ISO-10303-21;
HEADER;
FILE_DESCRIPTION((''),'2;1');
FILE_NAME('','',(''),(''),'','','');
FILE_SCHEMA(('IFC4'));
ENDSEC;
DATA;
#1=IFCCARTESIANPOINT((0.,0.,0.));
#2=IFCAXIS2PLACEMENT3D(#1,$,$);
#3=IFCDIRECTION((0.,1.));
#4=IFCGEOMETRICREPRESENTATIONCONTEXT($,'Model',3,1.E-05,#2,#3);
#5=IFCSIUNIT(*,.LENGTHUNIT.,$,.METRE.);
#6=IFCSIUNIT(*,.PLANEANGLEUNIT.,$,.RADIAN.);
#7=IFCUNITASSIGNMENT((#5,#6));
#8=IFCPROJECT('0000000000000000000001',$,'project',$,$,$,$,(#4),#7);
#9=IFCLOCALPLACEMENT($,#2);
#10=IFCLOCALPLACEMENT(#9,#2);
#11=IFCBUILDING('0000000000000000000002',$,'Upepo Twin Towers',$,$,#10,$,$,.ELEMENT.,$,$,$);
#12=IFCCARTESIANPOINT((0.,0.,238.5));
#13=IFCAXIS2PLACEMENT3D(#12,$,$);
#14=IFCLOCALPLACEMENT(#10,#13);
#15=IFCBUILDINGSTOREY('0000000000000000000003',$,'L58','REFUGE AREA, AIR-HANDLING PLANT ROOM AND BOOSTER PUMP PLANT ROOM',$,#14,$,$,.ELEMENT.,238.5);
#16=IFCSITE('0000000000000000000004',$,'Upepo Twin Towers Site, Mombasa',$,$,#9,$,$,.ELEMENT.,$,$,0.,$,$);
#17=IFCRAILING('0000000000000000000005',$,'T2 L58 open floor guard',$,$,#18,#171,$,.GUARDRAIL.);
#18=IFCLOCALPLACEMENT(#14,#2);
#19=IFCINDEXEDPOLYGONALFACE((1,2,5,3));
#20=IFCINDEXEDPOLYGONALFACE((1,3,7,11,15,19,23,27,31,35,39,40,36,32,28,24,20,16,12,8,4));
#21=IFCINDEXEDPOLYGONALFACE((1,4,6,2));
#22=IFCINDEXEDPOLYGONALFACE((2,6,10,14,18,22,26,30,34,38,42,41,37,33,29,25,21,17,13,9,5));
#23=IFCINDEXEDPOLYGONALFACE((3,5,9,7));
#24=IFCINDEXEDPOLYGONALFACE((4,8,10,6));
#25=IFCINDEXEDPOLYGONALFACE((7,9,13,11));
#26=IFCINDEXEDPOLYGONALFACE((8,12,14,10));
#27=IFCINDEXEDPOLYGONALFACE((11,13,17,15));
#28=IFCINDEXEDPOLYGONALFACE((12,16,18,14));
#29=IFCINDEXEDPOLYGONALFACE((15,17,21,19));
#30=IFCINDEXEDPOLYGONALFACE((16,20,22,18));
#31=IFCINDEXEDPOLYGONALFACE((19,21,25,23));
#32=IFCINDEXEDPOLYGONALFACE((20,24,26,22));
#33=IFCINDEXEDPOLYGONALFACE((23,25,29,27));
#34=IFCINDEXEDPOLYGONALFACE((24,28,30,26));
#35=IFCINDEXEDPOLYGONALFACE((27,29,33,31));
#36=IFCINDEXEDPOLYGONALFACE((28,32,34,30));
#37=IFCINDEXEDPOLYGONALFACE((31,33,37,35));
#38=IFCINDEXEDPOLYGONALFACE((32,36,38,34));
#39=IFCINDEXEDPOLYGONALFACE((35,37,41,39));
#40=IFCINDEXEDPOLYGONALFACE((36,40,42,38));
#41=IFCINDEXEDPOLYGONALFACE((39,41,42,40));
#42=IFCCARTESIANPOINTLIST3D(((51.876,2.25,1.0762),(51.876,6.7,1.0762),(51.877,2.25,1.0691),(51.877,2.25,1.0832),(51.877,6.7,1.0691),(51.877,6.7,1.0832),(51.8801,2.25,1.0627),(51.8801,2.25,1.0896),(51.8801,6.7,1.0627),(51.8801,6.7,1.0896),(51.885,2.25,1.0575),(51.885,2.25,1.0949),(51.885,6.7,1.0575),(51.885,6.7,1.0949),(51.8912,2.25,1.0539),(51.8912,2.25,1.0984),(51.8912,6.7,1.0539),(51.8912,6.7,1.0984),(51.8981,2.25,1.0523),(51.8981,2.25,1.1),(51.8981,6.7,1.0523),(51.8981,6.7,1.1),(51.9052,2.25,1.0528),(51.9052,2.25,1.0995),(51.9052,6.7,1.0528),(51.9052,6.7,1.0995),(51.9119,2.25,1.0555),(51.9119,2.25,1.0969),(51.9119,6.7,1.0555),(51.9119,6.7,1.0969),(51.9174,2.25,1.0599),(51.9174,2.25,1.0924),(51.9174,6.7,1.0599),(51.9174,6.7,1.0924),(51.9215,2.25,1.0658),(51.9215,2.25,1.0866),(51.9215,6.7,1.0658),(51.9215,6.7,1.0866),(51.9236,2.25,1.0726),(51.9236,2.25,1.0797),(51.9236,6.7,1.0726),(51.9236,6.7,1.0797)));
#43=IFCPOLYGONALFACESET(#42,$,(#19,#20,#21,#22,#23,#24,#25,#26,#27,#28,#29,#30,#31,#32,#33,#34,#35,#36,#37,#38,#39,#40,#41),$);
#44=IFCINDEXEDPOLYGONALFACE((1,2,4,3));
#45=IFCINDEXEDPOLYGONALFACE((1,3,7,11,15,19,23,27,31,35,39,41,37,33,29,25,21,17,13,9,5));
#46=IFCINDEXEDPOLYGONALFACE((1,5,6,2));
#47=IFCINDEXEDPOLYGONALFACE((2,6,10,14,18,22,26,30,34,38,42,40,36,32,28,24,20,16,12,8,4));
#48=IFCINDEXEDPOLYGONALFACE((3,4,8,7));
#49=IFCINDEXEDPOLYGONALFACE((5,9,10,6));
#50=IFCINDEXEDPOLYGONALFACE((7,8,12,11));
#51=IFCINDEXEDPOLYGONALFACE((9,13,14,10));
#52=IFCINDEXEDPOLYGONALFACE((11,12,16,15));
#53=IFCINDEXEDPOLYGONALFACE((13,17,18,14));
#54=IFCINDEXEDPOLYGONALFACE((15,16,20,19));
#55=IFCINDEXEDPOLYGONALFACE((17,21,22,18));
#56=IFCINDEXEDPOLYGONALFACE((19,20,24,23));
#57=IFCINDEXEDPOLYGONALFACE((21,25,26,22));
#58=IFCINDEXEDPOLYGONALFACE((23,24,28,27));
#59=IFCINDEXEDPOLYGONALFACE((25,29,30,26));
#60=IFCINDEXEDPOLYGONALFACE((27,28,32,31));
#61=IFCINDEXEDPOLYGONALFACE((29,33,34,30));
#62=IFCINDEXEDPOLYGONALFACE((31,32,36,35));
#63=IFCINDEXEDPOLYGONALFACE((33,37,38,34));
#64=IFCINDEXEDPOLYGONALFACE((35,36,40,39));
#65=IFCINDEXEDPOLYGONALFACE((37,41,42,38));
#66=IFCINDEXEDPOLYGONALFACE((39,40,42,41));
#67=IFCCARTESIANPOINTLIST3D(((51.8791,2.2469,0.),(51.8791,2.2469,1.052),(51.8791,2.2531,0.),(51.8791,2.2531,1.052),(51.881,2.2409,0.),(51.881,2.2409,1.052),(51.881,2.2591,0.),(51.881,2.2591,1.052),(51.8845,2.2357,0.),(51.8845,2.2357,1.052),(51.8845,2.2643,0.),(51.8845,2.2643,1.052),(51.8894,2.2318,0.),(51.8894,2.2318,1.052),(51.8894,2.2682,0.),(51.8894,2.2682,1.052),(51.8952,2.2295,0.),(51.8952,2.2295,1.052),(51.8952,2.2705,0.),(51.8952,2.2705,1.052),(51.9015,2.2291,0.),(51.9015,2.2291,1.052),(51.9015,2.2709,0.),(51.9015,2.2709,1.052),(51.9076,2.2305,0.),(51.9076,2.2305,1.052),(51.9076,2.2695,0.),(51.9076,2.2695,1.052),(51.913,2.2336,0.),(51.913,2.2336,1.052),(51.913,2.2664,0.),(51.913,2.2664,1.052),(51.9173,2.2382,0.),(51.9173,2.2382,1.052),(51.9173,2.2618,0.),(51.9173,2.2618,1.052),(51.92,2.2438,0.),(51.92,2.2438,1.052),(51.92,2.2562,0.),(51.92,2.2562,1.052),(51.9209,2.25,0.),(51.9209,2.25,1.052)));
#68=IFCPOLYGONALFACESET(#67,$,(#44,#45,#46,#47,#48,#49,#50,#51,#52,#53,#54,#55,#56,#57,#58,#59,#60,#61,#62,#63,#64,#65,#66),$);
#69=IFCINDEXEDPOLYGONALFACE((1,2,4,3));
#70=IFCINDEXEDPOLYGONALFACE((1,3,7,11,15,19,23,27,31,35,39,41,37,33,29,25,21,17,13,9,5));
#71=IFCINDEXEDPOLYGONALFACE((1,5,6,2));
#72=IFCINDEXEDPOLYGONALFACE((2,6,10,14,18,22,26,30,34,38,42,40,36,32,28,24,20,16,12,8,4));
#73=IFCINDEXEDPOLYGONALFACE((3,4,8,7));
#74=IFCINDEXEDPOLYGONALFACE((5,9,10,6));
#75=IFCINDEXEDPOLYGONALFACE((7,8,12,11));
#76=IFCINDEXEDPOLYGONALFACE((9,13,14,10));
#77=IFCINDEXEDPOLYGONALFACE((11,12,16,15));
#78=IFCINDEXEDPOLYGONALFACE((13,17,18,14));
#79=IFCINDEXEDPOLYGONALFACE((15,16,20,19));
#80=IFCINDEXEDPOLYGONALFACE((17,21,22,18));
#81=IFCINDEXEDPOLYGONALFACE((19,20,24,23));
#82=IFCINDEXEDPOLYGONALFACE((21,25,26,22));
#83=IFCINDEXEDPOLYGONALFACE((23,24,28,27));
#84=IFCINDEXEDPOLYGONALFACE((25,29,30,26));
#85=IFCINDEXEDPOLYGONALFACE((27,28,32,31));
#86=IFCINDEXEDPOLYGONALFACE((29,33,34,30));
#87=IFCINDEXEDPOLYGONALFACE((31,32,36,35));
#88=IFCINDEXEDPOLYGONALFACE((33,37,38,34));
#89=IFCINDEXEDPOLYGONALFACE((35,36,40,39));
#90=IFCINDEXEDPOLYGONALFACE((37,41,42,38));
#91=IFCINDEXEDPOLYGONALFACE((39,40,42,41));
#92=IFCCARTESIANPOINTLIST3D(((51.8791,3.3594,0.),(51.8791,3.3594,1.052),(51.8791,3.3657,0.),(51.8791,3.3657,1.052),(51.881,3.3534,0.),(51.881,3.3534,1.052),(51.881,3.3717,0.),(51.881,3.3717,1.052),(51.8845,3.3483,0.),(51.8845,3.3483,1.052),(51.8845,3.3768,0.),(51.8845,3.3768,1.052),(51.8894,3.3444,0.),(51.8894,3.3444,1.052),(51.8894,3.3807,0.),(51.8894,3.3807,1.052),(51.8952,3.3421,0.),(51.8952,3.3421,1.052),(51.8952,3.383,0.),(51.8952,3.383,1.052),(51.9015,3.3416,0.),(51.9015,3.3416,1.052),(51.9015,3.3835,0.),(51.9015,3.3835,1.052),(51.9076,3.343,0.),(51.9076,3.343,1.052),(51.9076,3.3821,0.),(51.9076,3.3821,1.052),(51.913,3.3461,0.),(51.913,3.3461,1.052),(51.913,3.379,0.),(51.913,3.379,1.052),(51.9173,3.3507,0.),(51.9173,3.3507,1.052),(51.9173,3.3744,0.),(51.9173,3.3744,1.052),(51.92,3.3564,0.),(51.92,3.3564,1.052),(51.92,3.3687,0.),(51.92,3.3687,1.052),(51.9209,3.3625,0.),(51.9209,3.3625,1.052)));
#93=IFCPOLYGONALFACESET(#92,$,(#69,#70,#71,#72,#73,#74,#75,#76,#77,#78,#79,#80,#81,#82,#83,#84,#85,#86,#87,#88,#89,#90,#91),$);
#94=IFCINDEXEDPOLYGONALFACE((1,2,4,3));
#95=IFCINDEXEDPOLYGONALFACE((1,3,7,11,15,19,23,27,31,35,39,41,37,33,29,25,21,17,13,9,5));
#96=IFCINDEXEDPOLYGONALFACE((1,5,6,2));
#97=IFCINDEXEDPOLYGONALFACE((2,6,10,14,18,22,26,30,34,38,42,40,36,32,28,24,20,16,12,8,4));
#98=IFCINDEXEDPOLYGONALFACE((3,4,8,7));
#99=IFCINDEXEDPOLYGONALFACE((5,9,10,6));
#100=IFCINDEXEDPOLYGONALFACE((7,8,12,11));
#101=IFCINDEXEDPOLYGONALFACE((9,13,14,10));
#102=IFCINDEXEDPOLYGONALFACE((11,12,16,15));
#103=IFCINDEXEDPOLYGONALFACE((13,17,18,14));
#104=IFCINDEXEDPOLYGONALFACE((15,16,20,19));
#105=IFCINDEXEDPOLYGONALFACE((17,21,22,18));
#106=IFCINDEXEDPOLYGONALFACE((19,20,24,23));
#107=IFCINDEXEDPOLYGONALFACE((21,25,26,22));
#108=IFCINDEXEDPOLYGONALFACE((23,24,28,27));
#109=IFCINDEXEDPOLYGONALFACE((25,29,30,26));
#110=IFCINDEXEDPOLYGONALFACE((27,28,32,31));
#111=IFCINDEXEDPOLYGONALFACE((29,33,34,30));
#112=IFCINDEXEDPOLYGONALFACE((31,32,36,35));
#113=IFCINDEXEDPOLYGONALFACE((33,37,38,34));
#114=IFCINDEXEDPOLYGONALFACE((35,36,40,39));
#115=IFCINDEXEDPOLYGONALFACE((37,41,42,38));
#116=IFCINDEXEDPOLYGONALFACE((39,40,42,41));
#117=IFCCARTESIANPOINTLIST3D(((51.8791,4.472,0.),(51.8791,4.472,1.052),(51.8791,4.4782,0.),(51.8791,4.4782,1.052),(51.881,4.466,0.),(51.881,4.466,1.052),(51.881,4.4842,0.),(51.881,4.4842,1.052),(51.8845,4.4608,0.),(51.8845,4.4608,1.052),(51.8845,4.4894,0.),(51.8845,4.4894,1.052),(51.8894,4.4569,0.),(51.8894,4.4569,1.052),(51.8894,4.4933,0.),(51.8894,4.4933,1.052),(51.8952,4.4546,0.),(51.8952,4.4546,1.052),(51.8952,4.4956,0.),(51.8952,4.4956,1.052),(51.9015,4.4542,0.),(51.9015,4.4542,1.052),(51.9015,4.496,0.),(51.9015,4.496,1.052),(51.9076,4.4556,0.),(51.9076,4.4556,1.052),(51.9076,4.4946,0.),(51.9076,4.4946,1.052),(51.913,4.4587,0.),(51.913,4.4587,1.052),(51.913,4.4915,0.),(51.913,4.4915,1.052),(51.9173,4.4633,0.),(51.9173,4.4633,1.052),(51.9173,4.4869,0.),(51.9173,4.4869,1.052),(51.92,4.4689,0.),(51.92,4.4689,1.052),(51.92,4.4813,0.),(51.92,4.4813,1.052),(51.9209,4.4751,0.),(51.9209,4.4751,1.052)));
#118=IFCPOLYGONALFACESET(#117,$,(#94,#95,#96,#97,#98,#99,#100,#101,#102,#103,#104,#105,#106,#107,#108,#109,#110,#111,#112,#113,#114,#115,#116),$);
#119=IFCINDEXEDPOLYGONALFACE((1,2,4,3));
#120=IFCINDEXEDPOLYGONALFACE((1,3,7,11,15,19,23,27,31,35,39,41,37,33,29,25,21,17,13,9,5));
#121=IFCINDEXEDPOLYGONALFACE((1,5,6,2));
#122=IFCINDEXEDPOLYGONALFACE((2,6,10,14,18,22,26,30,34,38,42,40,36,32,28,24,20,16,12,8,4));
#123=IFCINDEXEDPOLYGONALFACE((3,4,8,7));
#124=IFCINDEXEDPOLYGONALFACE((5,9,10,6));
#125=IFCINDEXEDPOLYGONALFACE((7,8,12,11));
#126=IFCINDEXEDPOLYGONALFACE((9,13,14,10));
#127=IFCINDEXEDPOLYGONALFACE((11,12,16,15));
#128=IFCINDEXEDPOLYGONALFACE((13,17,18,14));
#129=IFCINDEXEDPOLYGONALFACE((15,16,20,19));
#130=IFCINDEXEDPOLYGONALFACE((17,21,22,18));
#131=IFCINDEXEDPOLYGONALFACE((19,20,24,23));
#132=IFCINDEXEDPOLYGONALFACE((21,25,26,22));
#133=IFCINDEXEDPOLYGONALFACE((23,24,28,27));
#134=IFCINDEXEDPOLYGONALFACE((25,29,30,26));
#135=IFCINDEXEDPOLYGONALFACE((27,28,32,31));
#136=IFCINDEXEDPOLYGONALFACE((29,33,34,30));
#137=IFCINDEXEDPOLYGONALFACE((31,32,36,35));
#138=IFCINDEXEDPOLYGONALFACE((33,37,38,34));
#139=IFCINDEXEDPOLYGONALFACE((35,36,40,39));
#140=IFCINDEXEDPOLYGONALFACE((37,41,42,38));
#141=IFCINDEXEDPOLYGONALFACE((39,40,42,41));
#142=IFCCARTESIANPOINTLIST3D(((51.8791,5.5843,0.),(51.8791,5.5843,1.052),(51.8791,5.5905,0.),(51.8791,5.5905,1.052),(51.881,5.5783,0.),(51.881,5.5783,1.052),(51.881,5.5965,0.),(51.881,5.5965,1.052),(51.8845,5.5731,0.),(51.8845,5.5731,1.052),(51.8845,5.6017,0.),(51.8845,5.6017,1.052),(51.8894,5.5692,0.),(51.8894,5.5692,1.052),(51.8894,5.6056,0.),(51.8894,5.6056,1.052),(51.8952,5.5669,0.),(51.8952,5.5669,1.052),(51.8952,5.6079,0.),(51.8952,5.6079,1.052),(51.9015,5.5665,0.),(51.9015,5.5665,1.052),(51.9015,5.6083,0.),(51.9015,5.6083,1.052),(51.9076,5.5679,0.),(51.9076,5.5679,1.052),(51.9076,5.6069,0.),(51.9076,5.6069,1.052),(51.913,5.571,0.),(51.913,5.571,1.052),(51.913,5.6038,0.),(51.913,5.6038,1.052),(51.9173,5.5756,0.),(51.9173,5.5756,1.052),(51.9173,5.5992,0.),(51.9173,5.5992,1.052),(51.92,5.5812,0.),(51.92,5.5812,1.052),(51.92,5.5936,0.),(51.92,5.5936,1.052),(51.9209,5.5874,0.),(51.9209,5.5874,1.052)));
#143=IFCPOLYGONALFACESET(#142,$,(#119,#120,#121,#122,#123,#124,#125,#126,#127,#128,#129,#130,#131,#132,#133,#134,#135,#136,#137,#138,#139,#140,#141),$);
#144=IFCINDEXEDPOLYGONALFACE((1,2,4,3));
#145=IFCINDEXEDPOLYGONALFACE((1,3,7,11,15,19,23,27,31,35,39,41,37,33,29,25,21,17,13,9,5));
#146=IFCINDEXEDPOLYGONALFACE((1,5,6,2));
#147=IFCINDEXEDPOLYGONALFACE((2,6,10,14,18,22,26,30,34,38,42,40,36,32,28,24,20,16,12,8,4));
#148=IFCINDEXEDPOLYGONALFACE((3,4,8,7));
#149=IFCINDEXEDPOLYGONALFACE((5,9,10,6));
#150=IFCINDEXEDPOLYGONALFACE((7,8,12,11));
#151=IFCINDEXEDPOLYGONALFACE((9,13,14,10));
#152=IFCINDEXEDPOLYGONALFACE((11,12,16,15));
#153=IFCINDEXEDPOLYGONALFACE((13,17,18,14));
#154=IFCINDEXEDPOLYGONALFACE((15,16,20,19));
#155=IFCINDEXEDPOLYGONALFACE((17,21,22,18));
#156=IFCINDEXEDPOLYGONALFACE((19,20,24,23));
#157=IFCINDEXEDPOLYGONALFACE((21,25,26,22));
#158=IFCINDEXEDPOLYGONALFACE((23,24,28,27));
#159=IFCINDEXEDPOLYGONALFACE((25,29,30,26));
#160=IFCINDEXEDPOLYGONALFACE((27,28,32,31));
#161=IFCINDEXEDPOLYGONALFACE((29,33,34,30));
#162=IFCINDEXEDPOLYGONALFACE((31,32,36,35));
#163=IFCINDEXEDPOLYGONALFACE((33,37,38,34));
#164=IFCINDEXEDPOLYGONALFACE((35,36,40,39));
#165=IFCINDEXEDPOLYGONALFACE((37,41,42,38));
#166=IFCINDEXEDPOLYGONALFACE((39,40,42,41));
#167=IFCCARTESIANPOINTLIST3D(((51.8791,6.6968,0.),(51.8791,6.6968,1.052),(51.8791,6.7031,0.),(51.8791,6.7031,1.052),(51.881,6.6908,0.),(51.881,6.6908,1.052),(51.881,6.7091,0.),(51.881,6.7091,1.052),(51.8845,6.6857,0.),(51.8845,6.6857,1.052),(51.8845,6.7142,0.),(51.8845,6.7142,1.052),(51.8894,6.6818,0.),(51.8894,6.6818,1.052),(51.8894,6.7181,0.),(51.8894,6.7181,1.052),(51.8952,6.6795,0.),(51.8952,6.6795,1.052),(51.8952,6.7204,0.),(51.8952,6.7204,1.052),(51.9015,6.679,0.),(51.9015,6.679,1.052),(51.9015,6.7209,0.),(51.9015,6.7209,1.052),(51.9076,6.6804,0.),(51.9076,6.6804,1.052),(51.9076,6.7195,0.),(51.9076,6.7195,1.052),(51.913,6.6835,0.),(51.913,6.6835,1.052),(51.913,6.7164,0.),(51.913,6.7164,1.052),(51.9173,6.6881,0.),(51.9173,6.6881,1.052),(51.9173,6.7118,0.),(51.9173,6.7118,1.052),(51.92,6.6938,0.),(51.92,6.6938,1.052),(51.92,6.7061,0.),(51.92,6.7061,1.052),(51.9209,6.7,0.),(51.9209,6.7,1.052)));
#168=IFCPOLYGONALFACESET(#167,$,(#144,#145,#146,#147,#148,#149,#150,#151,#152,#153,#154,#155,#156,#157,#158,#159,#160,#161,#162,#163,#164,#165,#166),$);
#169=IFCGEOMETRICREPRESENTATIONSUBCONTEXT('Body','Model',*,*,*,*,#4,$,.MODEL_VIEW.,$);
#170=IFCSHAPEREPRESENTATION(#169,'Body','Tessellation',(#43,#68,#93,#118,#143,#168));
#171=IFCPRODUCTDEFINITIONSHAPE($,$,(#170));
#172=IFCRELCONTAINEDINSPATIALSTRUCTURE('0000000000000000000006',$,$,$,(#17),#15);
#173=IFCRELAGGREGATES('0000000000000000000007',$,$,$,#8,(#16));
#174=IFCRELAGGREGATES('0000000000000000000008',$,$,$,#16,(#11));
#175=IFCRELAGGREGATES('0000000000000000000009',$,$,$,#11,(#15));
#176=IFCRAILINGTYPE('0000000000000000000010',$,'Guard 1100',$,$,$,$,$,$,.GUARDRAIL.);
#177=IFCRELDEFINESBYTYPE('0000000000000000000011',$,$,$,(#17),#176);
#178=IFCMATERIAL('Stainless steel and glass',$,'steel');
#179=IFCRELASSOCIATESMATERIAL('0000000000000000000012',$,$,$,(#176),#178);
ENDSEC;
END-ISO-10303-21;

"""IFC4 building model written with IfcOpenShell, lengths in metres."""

from ifc_helpers import new_model, si_unit, direction, frame, origin, origin_2d, place, context, subcontext, project, spatial, circle, extrude, material, type_object, element, save


model = new_model("IFC4")

# Units and contexts
model_context = context("Model", 3, precision=1e-05, world=origin(), true_north=direction((0.0, 1.0)))
body_context = subcontext(model_context, "Body", "Model", "MODEL_VIEW")
ifc_project = project(units=[si_unit("LENGTHUNIT", "METRE"), si_unit("PLANEANGLEUNIT", "RADIAN")], contexts=[model_context])

# Site, building, storey
site_placement = place(None, origin())
site = spatial("IfcSite", under=ifc_project, at=site_placement, Name="Upepo Twin Towers Site, Mombasa", CompositionType="ELEMENT", RefElevation=0.0)
building_placement = place(site_placement, origin())
building = spatial("IfcBuilding", under=site, at=building_placement, Name="Upepo Twin Towers", CompositionType="ELEMENT")
storey_placement = place(building_placement, frame((0.0, 0.0, 238.5)))
storey = spatial("IfcBuildingStorey", under=building, at=storey_placement, Name="L58", Description="REFUGE AREA, AIR-HANDLING PLANT ROOM AND BOOSTER PUMP PLANT ROOM", CompositionType="ELEMENT", Elevation=238.5)

# Railing
ifc_material_1 = material(Name="Stainless steel and glass", Category="steel")
railing_type = type_object("IfcRailingType", Name="Guard 1100", PredefinedType="GUARDRAIL", material=ifc_material_1)
railing_placement = place(storey_placement, frame((51.8999, 2.25, 0.0)))
element("IfcRailing", 1, at=railing_placement, inside=storey, type_object=railing_type, Name="T2 L58 open floor guard", PredefinedType="GUARDRAIL", context=body_context, shape_type="SweptSolid", body=[
    extrude(circle(Radius=0.0239, at=origin_2d()), frame((0.0, 0.0, 1.0762), z_axis=(0.0, 1.0, 0.0), x_axis=(-1.0, 0.0, 0.0)), (0.0, 0.0, 1.0), 4.45),
    extrude(circle(Radius=0.021, at=origin_2d()), origin(), (0.0, 0.0, 1.0), 1.052),
    extrude(circle(Radius=0.021, at=origin_2d()), frame((0.0, 1.1125, 0.0)), (0.0, 0.0, 1.0), 1.052),
    extrude(circle(Radius=0.021, at=origin_2d()), frame((0.0, 2.2251, 0.0)), (0.0, 0.0, 1.0), 1.052),
    extrude(circle(Radius=0.021, at=origin_2d()), frame((0.0, 3.3374, 0.0)), (0.0, 0.0, 1.0), 1.052),
    extrude(circle(Radius=0.021, at=origin_2d()), frame((0.0, 4.45, 0.0)), (0.0, 0.0, 1.0), 1.052),
])

save(model, "model.ifc")
